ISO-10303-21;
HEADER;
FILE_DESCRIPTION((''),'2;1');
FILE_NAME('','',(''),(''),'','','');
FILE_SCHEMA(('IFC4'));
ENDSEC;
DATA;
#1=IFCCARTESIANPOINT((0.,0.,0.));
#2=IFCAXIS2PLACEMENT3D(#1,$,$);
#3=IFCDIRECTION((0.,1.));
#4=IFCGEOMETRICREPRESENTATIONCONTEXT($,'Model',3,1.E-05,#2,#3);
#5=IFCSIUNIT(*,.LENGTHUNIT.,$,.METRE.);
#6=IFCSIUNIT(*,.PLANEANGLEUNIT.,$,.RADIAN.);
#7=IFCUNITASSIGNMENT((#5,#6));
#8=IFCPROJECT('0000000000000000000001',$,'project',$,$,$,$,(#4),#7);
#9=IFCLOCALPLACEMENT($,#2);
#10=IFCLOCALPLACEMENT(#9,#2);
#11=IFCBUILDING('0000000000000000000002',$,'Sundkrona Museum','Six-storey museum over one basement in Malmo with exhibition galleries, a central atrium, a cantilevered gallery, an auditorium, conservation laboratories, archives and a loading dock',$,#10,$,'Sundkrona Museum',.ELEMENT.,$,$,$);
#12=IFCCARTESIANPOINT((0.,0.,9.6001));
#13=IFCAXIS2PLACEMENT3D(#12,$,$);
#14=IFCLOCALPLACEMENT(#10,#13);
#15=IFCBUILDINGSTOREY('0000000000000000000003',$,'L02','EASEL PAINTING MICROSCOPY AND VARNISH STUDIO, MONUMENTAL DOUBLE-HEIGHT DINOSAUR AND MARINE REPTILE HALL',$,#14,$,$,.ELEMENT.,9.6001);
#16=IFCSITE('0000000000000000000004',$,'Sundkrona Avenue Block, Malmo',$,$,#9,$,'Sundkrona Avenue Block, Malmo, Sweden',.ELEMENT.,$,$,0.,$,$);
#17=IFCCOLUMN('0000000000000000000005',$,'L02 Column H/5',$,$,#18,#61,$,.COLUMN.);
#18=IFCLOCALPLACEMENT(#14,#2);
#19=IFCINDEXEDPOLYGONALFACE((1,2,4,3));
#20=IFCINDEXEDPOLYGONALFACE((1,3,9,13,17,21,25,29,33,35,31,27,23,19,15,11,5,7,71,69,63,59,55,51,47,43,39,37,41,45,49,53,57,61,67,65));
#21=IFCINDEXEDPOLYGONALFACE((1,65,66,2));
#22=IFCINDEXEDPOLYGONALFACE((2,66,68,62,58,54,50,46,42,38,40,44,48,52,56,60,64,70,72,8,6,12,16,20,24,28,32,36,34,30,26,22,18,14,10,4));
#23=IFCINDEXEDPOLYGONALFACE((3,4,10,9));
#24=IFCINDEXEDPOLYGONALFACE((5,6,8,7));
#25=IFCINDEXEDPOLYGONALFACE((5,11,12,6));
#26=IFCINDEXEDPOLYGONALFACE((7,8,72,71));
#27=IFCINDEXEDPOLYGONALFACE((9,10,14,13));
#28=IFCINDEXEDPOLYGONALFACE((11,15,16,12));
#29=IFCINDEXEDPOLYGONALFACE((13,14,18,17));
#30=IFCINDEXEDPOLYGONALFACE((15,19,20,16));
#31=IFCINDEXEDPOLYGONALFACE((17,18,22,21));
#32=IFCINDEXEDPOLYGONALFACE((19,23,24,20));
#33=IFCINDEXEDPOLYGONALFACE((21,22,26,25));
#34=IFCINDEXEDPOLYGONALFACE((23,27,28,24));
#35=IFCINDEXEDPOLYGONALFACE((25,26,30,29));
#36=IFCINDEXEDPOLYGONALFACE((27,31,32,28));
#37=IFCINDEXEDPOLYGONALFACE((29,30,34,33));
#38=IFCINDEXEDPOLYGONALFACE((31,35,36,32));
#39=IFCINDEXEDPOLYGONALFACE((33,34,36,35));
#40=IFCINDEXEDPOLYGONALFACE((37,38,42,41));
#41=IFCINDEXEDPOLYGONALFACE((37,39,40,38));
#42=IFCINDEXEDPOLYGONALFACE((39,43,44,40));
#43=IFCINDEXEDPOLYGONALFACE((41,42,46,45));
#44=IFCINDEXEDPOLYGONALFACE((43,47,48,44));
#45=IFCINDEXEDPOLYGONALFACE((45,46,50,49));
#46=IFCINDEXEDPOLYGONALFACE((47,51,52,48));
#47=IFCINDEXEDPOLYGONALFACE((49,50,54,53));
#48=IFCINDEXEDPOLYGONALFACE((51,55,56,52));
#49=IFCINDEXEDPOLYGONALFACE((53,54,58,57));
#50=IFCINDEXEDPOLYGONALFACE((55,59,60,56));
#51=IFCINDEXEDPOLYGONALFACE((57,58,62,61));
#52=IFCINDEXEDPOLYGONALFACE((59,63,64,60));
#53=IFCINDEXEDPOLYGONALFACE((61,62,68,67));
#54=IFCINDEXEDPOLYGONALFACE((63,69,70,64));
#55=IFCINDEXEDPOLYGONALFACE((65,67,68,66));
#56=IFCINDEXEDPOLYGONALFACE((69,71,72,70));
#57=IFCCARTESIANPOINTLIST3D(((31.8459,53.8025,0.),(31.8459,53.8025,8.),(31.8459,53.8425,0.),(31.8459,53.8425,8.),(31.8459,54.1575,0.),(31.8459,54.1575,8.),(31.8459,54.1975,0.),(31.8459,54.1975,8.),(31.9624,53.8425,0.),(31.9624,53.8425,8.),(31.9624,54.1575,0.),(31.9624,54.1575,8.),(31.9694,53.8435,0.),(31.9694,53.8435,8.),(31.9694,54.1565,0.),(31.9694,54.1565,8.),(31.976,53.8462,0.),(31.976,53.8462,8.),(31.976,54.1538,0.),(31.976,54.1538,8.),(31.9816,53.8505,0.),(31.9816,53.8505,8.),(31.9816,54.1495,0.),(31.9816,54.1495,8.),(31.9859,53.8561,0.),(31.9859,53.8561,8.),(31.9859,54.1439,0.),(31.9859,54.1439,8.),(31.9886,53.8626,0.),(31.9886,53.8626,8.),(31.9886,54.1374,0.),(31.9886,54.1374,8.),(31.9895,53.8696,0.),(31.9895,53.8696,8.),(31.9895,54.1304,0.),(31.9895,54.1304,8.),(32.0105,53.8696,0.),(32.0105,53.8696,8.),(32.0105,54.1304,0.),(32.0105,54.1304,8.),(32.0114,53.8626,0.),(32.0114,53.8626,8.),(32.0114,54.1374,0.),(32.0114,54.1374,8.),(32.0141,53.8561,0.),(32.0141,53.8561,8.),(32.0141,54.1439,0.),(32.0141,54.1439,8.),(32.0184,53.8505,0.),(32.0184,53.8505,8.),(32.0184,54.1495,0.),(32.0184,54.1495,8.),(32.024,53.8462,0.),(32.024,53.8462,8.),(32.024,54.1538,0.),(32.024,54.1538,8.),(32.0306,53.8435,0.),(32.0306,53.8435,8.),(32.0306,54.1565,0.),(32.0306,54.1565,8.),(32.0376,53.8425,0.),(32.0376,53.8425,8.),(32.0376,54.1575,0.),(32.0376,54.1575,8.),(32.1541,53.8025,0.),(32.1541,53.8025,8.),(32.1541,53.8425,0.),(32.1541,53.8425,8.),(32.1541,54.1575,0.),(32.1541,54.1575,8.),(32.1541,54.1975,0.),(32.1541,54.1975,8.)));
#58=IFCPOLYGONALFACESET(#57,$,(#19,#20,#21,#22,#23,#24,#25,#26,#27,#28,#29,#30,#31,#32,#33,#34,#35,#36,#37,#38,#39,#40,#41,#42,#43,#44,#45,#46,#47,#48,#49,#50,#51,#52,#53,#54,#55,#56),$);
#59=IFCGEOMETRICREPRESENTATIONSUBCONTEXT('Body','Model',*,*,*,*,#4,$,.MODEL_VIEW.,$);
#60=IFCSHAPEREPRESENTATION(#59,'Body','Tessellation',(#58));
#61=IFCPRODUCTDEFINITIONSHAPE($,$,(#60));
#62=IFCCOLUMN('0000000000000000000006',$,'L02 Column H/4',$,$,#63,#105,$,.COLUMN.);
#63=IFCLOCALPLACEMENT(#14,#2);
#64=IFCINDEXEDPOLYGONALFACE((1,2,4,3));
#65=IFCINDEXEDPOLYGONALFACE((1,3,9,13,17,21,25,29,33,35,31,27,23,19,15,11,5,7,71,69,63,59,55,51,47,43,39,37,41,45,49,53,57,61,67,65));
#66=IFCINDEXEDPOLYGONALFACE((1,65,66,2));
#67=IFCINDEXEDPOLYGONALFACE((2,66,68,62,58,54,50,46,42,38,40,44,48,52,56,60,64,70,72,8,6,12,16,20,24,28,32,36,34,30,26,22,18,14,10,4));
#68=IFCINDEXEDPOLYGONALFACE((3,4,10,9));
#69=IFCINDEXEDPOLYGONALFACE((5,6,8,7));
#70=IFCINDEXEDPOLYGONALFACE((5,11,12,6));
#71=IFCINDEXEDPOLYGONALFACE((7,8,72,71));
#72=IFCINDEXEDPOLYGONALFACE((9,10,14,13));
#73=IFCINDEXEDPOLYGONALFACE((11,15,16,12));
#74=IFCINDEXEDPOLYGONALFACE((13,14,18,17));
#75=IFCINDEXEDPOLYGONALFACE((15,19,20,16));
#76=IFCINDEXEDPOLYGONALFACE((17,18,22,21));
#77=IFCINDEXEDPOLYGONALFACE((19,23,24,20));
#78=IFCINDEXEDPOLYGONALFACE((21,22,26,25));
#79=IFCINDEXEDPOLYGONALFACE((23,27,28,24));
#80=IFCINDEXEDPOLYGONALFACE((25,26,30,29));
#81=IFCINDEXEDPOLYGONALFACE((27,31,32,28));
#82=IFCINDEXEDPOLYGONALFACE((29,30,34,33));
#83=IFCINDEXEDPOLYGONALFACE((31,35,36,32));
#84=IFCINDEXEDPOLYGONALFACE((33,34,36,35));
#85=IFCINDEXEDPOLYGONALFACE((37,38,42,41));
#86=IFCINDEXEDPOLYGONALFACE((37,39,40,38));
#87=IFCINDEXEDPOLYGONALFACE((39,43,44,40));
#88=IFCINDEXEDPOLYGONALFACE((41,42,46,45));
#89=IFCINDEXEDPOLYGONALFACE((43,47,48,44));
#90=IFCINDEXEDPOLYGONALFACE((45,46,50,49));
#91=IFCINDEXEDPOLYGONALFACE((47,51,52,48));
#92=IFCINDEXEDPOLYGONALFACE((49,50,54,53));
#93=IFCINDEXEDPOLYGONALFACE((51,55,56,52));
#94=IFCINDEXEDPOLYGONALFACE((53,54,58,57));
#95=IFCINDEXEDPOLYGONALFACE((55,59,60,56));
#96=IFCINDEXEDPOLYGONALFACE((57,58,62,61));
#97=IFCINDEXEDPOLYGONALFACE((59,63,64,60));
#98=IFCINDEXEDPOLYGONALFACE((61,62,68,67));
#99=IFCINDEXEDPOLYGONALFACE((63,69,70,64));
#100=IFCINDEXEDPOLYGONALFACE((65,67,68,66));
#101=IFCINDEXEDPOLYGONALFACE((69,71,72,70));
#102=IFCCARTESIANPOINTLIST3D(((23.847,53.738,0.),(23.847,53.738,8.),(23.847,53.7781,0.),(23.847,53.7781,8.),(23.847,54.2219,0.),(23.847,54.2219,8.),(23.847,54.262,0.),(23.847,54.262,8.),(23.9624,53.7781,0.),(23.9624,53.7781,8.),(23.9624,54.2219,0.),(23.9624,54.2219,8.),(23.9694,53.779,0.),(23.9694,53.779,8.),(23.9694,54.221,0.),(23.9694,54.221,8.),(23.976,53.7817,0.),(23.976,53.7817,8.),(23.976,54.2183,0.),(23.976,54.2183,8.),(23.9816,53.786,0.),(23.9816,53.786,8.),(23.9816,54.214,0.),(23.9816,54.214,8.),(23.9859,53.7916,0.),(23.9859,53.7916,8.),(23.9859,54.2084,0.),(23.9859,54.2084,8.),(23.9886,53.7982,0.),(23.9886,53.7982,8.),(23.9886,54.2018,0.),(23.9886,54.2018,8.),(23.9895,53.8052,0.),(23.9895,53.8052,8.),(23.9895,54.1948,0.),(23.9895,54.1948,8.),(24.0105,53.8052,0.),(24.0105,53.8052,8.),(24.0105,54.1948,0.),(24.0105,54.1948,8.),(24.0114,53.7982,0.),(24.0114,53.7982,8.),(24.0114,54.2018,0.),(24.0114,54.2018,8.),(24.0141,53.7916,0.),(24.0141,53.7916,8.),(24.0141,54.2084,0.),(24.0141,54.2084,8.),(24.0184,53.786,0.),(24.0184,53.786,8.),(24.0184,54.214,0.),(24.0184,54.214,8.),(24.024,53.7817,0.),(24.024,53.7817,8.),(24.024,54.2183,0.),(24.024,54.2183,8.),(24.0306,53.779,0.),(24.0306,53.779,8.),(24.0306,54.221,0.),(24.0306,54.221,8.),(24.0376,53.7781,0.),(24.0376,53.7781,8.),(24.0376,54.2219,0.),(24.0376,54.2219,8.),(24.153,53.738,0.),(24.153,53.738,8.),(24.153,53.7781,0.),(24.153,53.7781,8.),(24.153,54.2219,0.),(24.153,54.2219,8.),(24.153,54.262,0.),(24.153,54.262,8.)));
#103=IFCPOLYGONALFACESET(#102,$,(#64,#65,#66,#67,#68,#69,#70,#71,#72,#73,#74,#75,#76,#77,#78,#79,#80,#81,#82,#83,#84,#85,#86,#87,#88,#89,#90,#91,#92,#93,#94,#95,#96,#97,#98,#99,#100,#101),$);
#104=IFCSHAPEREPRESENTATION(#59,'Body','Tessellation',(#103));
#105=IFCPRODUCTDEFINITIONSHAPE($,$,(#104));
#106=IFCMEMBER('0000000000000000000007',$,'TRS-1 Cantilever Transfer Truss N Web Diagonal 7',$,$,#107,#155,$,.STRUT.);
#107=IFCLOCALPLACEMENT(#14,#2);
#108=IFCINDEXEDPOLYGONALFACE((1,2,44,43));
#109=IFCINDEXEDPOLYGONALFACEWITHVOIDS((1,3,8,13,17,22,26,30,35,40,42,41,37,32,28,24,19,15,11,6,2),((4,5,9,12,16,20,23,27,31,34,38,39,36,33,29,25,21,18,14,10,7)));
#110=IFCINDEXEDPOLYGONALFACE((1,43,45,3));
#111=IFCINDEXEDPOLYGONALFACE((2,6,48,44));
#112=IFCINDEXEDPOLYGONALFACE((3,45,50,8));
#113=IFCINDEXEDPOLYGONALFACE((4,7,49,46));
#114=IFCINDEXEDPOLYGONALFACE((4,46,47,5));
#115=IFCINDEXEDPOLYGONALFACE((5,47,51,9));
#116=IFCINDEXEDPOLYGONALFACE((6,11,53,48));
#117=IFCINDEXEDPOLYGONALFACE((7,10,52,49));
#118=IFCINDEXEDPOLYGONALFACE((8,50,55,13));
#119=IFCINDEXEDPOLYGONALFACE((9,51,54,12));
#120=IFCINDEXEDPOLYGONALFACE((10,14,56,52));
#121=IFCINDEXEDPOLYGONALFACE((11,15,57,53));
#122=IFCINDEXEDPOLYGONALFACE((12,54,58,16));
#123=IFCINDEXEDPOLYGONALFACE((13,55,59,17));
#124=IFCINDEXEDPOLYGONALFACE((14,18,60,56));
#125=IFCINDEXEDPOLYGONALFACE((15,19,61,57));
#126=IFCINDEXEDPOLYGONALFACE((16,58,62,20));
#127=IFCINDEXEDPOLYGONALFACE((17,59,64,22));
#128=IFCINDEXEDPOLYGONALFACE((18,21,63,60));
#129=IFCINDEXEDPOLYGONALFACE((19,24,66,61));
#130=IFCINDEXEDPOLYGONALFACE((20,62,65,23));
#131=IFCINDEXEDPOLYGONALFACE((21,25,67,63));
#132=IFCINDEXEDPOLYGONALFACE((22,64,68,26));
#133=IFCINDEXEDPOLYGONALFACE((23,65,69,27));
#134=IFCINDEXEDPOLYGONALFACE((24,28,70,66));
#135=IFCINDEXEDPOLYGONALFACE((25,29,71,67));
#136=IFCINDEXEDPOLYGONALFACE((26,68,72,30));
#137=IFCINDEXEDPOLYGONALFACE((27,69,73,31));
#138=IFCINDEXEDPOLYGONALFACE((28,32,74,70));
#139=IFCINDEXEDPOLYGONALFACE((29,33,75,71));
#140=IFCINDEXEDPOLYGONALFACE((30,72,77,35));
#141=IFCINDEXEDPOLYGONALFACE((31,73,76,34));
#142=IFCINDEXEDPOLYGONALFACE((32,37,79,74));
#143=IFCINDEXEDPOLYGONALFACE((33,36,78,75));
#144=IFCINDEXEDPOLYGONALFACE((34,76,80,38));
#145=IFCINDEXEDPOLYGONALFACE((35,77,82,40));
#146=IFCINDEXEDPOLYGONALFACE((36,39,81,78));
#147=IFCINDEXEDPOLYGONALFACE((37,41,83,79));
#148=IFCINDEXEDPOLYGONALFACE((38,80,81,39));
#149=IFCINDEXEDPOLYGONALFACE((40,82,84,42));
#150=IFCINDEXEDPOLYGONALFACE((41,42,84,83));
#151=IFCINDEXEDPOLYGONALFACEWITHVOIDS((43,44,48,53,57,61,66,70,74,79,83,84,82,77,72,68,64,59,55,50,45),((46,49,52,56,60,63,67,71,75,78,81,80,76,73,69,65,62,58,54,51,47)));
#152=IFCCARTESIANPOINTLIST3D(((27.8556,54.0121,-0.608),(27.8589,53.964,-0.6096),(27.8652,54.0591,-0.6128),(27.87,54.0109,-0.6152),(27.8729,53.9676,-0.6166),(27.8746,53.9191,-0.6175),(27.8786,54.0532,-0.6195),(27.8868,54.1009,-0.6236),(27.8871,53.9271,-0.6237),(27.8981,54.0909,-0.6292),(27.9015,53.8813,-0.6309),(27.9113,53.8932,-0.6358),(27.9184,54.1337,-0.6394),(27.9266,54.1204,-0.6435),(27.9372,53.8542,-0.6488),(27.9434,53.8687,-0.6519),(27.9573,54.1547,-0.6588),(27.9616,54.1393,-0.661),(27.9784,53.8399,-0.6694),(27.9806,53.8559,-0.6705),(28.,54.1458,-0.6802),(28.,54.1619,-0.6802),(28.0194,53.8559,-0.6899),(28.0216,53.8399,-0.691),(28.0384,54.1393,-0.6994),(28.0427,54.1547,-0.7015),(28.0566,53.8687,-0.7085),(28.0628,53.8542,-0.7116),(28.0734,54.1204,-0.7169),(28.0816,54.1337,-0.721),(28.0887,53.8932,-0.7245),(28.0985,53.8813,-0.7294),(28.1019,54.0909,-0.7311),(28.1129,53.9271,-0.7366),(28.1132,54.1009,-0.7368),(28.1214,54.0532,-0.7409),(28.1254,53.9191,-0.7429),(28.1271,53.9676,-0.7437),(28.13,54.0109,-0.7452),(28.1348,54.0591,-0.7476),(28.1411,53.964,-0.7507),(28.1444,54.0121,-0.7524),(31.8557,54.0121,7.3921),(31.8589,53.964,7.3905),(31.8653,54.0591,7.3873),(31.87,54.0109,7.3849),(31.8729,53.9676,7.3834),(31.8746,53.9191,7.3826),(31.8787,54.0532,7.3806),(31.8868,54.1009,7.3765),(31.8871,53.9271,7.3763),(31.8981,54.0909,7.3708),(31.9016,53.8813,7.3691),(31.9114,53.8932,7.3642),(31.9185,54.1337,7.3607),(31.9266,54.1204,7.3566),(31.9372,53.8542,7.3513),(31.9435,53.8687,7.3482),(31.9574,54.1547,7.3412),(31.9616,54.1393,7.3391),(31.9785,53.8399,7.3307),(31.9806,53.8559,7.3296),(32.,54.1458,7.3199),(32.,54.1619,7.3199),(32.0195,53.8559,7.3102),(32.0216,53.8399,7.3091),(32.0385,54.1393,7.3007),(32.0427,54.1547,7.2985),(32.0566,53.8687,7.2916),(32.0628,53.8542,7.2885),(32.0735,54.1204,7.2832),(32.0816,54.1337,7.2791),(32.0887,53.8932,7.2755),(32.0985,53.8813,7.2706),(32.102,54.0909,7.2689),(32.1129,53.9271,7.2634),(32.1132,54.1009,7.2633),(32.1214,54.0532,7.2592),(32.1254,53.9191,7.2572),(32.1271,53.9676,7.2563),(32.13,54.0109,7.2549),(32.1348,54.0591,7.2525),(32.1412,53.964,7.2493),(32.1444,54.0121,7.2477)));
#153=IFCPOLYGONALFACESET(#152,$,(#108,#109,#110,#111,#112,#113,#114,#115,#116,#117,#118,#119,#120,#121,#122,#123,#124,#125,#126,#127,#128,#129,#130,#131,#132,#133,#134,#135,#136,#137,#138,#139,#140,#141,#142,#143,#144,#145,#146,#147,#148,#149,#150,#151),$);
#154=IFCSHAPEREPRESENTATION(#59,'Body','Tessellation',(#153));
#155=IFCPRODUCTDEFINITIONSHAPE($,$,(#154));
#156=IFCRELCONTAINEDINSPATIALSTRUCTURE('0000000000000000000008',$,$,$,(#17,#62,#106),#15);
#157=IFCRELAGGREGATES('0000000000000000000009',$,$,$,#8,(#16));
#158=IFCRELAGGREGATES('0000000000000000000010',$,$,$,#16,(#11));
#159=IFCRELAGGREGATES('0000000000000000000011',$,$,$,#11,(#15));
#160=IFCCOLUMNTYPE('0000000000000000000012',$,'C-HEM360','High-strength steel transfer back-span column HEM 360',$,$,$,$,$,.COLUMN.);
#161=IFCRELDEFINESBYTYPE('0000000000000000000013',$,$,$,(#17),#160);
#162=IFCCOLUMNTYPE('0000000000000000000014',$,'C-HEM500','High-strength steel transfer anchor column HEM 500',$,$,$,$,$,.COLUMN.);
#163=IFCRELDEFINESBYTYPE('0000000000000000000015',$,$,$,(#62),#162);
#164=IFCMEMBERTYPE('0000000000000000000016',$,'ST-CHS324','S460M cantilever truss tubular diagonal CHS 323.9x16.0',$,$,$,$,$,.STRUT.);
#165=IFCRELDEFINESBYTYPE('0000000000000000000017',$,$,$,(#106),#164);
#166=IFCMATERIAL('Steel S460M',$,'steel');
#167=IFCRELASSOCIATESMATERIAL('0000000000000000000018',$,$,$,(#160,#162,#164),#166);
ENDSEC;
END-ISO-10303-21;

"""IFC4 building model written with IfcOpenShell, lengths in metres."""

from ifc_helpers import new_model, si_unit, direction, frame, origin, origin_2d, place, context, subcontext, project, spatial, hollow_circle, i_section, extrude, material, material_profile, profile_set, type_object, element, save


model = new_model("IFC4")

# Units and contexts
model_context = context("Model", 3, precision=1e-05, world=origin(), true_north=direction((0.0, 1.0)))
body_context = subcontext(model_context, "Body", "Model", "MODEL_VIEW")
ifc_project = project(units=[si_unit("LENGTHUNIT", "METRE"), si_unit("PLANEANGLEUNIT", "RADIAN")], contexts=[model_context])

# Site, building, storey
site_placement = place(None, origin())
site = spatial("IfcSite", under=ifc_project, at=site_placement, Name="Sundkrona Avenue Block, Malmo", LongName="Sundkrona Avenue Block, Malmo, Sweden", CompositionType="ELEMENT", RefElevation=0.0)
building_placement = place(site_placement, origin())
building = spatial("IfcBuilding", under=site, at=building_placement, Name="Sundkrona Museum", Description="Six-storey museum over one basement in Malmo with exhibition galleries, a central atrium, a cantilevered gallery, an auditorium, conservation laboratories, archives and a loading dock", LongName="Sundkrona Museum", CompositionType="ELEMENT")
storey_placement = place(building_placement, frame((0.0, 0.0, 9.6001)))
storey = spatial("IfcBuildingStorey", under=building, at=storey_placement, Name="L02", Description="EASEL PAINTING MICROSCOPY AND VARNISH STUDIO, MONUMENTAL DOUBLE-HEIGHT DINOSAUR AND MARINE REPTILE HALL", CompositionType="ELEMENT", Elevation=9.6001)

# Columns
ifc_material_1 = material(Name="Steel S460M", Category="steel")
ifc_material_profile_1 = material_profile(ifc_material_1, i_section(OverallWidth=0.3081, OverallDepth=0.395, WebThickness=0.021, FlangeThickness=0.04, FilletRadius=0.0271, at=origin_2d()), Name="HEM 360")
ifc_profile_set_1 = profile_set([ifc_material_profile_1], Name="Steel S460M")
column_type_1 = type_object("IfcColumnType", Name="C-HEM360", Description="High-strength steel transfer back-span column HEM 360", PredefinedType="COLUMN", material=ifc_profile_set_1)
column_1_placement = place(storey_placement, frame((32.0, 54.0, 0.0), z_axis=(0.0, 0.0, 1.0), x_axis=(1.0, 0.0, 0.0)))
element("IfcColumn", 1, at=column_1_placement, inside=storey, type_object=column_type_1, Name="L02 Column H/5", PredefinedType="COLUMN", context=body_context, shape_type="SweptSolid", body=[
    extrude(i_section(OverallWidth=0.3081, OverallDepth=0.395, WebThickness=0.021, FlangeThickness=0.04, FilletRadius=0.0271, at=origin_2d()), origin(), (0.0, 0.0, 1.0), 8.0),
])
ifc_material_profile_2 = material_profile(ifc_material_1, i_section(OverallWidth=0.3059, OverallDepth=0.5239, WebThickness=0.021, FlangeThickness=0.04, FilletRadius=0.0271, at=origin_2d()), Name="HEM 500")
ifc_profile_set_2 = profile_set([ifc_material_profile_2], Name="Steel S460M")
column_type_2 = type_object("IfcColumnType", Name="C-HEM500", Description="High-strength steel transfer anchor column HEM 500", PredefinedType="COLUMN", material=ifc_profile_set_2)
column_2_placement = place(storey_placement, frame((24.0, 54.0, 0.0), z_axis=(0.0, 0.0, 1.0), x_axis=(1.0, 0.0, 0.0)))
element("IfcColumn", 2, at=column_2_placement, inside=storey, type_object=column_type_2, Name="L02 Column H/4", PredefinedType="COLUMN", context=body_context, shape_type="SweptSolid", body=[
    extrude(i_section(OverallWidth=0.3059, OverallDepth=0.5239, WebThickness=0.021, FlangeThickness=0.04, FilletRadius=0.0271, at=origin_2d()), origin(), (0.0, 0.0, 1.0), 8.0),
])

# Member
ifc_material_profile_3 = material_profile(ifc_material_1, hollow_circle(Radius=0.1619, WallThickness=0.0161, at=origin_2d()), Name="CHS 323.9x16.0")
ifc_profile_set_3 = profile_set([ifc_material_profile_3], Name="Steel S460M")
member_type_1 = type_object("IfcMemberType", Name="ST-CHS324", Description="S460M cantilever truss tubular diagonal CHS 323.9x16.0", PredefinedType="STRUT", material=ifc_profile_set_3)
for number, where, z_axis, x_axis, name in (
    (3, (28.0, 54.0, -0.6802), (0.447214, 0.0, 0.894427), (0.0, 1.0, 0.0), "TRS-1 Cantilever Transfer Truss N Web Diagonal 7"),
):
    element("IfcMember", number, at=place(storey_placement, frame(where, z_axis=z_axis, x_axis=x_axis)), inside=storey, type_object=member_type_1, Name=name, PredefinedType="STRUT", context=body_context, shape_type="SweptSolid", body=[
        extrude(hollow_circle(Radius=0.1619, WallThickness=0.0161, at=origin_2d()), origin(), (0.0, 0.0, 1.0), 8.9443),
    ])

save(model, "model.ifc")
